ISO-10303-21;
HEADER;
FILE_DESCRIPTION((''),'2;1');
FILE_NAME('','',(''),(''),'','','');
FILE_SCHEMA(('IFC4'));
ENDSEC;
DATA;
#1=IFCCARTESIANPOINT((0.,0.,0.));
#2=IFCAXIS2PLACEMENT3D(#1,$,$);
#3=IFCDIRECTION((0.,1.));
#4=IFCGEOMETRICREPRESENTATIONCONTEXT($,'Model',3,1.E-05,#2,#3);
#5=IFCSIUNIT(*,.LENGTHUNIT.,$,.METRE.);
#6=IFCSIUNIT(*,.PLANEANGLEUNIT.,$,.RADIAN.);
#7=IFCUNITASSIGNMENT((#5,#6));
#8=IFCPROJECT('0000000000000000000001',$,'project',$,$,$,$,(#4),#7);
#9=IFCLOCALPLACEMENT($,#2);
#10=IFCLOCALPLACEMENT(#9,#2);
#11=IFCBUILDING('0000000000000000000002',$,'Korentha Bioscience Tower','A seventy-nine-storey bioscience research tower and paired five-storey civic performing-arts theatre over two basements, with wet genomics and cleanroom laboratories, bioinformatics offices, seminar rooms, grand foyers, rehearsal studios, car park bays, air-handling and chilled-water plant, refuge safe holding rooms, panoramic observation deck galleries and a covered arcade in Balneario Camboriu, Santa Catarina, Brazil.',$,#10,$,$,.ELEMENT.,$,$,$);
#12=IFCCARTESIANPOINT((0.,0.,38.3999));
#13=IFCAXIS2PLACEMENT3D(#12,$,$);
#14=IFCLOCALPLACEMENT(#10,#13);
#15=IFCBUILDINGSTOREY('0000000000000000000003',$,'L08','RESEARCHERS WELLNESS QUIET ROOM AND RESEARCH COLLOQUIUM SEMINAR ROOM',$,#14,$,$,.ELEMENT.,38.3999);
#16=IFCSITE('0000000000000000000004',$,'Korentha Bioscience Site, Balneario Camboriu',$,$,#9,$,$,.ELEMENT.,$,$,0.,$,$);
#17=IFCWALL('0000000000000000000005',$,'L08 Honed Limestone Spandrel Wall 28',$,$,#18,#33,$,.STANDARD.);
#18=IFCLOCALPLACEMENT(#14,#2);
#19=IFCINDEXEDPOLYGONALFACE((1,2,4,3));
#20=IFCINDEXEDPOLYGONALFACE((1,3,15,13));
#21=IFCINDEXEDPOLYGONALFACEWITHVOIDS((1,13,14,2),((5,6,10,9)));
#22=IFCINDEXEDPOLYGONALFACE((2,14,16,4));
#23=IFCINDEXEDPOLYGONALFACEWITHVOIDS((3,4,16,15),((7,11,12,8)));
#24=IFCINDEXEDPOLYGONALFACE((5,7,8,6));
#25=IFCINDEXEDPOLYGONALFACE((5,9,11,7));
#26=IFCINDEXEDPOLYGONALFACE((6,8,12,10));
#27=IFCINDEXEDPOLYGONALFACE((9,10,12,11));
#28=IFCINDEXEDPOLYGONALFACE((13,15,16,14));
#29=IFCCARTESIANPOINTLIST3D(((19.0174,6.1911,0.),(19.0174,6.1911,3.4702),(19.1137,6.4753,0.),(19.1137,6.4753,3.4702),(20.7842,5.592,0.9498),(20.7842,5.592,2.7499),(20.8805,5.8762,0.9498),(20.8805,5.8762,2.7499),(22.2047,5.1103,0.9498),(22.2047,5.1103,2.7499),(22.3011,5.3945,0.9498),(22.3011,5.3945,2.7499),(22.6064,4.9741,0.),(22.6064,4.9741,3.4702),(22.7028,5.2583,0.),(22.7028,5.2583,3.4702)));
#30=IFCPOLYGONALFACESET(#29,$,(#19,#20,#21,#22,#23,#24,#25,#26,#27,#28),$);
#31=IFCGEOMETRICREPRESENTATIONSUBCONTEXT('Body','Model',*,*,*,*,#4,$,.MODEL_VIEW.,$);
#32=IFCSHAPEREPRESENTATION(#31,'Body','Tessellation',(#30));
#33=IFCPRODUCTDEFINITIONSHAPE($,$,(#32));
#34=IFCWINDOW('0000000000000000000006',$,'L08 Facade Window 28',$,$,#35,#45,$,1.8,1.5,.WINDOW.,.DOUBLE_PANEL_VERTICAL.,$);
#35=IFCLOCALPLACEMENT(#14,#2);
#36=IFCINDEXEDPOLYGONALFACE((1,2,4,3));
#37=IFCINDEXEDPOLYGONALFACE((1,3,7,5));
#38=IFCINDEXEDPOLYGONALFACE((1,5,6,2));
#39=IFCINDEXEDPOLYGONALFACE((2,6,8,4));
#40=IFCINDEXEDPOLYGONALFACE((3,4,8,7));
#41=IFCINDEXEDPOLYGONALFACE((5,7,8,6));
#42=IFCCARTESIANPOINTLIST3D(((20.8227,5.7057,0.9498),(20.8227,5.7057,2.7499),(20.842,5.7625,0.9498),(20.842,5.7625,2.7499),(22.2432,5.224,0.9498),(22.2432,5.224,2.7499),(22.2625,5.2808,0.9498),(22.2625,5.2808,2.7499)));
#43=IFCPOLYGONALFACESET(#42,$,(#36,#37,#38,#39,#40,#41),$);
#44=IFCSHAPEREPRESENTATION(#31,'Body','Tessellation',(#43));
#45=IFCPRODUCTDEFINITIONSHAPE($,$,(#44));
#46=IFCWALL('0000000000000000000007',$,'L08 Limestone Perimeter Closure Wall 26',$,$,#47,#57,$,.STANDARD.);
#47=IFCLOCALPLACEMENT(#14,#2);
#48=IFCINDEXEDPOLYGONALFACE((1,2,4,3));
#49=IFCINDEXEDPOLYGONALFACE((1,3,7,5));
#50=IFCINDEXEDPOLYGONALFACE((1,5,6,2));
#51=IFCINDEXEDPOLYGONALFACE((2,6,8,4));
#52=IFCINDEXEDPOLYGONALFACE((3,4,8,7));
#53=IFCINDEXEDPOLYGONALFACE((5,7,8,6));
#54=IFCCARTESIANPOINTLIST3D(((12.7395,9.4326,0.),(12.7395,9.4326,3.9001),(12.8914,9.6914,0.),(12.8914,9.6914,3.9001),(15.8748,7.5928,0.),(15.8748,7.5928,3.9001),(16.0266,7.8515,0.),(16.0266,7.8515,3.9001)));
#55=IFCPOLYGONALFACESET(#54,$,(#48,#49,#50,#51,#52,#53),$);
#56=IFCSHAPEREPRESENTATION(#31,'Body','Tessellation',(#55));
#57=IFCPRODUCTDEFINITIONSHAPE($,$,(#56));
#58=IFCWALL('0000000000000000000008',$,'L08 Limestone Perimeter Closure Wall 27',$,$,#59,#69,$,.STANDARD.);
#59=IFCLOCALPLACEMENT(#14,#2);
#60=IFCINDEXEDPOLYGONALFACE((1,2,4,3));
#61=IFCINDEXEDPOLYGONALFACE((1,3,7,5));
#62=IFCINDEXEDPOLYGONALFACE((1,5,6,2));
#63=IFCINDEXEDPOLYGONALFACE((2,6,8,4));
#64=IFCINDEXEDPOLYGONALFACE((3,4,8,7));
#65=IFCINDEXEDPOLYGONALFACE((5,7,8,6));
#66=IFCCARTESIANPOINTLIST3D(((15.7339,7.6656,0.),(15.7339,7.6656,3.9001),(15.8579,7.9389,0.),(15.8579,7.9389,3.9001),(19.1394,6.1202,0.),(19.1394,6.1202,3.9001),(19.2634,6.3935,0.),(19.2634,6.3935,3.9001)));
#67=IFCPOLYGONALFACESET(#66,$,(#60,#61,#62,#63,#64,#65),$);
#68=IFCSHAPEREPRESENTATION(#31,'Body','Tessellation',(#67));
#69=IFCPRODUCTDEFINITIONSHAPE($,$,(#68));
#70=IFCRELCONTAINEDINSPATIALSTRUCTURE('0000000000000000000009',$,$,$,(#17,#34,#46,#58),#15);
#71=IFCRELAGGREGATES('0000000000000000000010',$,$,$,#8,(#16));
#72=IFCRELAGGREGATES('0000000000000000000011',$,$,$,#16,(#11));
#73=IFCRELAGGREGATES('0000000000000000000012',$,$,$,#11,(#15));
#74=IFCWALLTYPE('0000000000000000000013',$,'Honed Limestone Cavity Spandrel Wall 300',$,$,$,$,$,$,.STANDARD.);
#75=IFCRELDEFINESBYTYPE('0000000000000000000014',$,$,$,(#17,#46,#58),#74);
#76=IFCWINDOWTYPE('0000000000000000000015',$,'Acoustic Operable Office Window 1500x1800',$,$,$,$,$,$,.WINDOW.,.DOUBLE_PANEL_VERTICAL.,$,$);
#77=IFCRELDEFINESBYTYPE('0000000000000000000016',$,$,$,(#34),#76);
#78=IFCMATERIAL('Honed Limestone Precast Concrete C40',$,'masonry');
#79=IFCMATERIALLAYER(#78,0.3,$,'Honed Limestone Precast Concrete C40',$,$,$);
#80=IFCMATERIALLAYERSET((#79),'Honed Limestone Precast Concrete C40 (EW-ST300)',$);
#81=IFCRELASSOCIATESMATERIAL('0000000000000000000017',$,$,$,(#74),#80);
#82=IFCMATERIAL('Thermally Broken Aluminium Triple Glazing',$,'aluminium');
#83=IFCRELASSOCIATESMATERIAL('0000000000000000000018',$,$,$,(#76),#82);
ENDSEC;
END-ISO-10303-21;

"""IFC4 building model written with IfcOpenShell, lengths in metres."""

from ifc_helpers import new_model, si_unit, direction, frame, frame_2d, origin, place, context, subcontext, project, spatial, rectangle, extrude, material, layer, layer_set, type_object, element, fill, save


model = new_model("IFC4")

# Units and contexts
model_context = context("Model", 3, precision=1e-05, world=origin(), true_north=direction((0.0, 1.0)))
body_context = subcontext(model_context, "Body", "Model", "MODEL_VIEW")
ifc_project = project(units=[si_unit("LENGTHUNIT", "METRE"), si_unit("PLANEANGLEUNIT", "RADIAN")], contexts=[model_context])

# Site, building, storey
site_placement = place(None, origin())
site = spatial("IfcSite", under=ifc_project, at=site_placement, Name="Korentha Bioscience Site, Balneario Camboriu", CompositionType="ELEMENT", RefElevation=0.0)
building_placement = place(site_placement, origin())
building = spatial("IfcBuilding", under=site, at=building_placement, Name="Korentha Bioscience Tower", Description="A seventy-nine-storey bioscience research tower and paired five-storey civic performing-arts theatre over two basements, with wet genomics and cleanroom laboratories, bioinformatics offices, seminar rooms, grand foyers, rehearsal studios, car park bays, air-handling and chilled-water plant, refuge safe holding rooms, panoramic observation deck galleries and a covered arcade in Balneario Camboriu, Santa Catarina, Brazil.", CompositionType="ELEMENT")
storey_placement = place(building_placement, frame((0.0, 0.0, 38.3999)))
storey = spatial("IfcBuildingStorey", under=building, at=storey_placement, Name="L08", Description="RESEARCHERS WELLNESS QUIET ROOM AND RESEARCH COLLOQUIUM SEMINAR ROOM", CompositionType="ELEMENT", Elevation=38.3999)

# Wall, opening, window
ifc_material_1 = material(Name="Honed Limestone Precast Concrete C40", Category="masonry")
ifc_layer_1 = layer(ifc_material_1, 0.3, Name="Honed Limestone Precast Concrete C40")
ifc_layer_set_1 = layer_set([ifc_layer_1], Name="Honed Limestone Precast Concrete C40 (EW-ST300)")
wall_type_1 = type_object("IfcWallType", Name="Honed Limestone Cavity Spandrel Wall 300", PredefinedType="STANDARD", material=ifc_layer_set_1)
wall_1_placement = place(storey_placement, frame((19.0654, 6.3333, 0.0), z_axis=(0.0, 0.0, 1.0), x_axis=(0.947034, -0.321132, 0.0)))
wall_1 = element("IfcWall", 1, at=wall_1_placement, inside=storey, type_object=wall_type_1, Name="L08 Honed Limestone Spandrel Wall 28", PredefinedType="STANDARD", context=body_context, shape_type="SweptSolid", body=[
    extrude(rectangle(XDim=3.7898, YDim=0.3, at=frame_2d((1.895, 0.0))), origin(), (0.0, 0.0, 1.0), 3.4702),
])
opening_placement = place(wall_1_placement, frame((1.8657, 0.0, 0.95)))
opening = element("IfcOpeningElement", 2, at=opening_placement, cuts=wall_1, PredefinedType="OPENING", context=body_context, shape_type="SweptSolid", body=[
    extrude(rectangle(XDim=1.5, YDim=1.8, at=frame_2d((0.75, 0.8999))), frame((0.0, 0.165, 0.0), z_axis=(0.0, -1.0, 0.0), x_axis=(1.0, 0.0, 0.0)), (0.0, 0.0, 1.0), 0.3298),
])
ifc_material_2 = material(Name="Thermally Broken Aluminium Triple Glazing", Category="aluminium")
window_type = type_object("IfcWindowType", Name="Acoustic Operable Office Window 1500x1800", PartitioningType="DOUBLE_PANEL_VERTICAL", PredefinedType="WINDOW", material=ifc_material_2)
window_placement = place(opening_placement, origin())
window = element("IfcWindow", 3, at=window_placement, inside=storey, type_object=window_type, Name="L08 Facade Window 28", OverallHeight=1.8, OverallWidth=1.5, PartitioningType="DOUBLE_PANEL_VERTICAL", PredefinedType="WINDOW", context=body_context, shape_type="SweptSolid", body=[
    extrude(rectangle(XDim=1.5, YDim=1.8, at=frame_2d((0.75, 0.8999))), frame((0.0, 0.03, 0.0), z_axis=(0.0, -1.0, 0.0), x_axis=(1.0, 0.0, 0.0)), (0.0, 0.0, 1.0), 0.0601),
])
fill(opening, window)

# Walls
wall_2_placement = place(storey_placement, frame((12.8154, 9.562, 0.0), z_axis=(0.0, 0.0, 1.0), x_axis=(0.862465, -0.506116, 0.0)))
element("IfcWall", 4, at=wall_2_placement, inside=storey, type_object=wall_type_1, Name="L08 Limestone Perimeter Closure Wall 26", PredefinedType="STANDARD", context=body_context, shape_type="SweptSolid", body=[
    extrude(rectangle(XDim=3.6353, YDim=0.3, at=frame_2d((1.8176, 0.0))), origin(), (0.0, 0.0, 1.0), 3.9001),
])
wall_3_placement = place(storey_placement, frame((15.7959, 7.8022, 0.0), z_axis=(0.0, 0.0, 1.0), x_axis=(0.910623, -0.413237, 0.0)))
element("IfcWall", 5, at=wall_3_placement, inside=storey, type_object=wall_type_1, Name="L08 Limestone Perimeter Closure Wall 27", PredefinedType="STANDARD", context=body_context, shape_type="SweptSolid", body=[
    extrude(rectangle(XDim=3.7397, YDim=0.3, at=frame_2d((1.8699, 0.0))), origin(), (0.0, 0.0, 1.0), 3.9001),
])

save(model, "model.ifc")
